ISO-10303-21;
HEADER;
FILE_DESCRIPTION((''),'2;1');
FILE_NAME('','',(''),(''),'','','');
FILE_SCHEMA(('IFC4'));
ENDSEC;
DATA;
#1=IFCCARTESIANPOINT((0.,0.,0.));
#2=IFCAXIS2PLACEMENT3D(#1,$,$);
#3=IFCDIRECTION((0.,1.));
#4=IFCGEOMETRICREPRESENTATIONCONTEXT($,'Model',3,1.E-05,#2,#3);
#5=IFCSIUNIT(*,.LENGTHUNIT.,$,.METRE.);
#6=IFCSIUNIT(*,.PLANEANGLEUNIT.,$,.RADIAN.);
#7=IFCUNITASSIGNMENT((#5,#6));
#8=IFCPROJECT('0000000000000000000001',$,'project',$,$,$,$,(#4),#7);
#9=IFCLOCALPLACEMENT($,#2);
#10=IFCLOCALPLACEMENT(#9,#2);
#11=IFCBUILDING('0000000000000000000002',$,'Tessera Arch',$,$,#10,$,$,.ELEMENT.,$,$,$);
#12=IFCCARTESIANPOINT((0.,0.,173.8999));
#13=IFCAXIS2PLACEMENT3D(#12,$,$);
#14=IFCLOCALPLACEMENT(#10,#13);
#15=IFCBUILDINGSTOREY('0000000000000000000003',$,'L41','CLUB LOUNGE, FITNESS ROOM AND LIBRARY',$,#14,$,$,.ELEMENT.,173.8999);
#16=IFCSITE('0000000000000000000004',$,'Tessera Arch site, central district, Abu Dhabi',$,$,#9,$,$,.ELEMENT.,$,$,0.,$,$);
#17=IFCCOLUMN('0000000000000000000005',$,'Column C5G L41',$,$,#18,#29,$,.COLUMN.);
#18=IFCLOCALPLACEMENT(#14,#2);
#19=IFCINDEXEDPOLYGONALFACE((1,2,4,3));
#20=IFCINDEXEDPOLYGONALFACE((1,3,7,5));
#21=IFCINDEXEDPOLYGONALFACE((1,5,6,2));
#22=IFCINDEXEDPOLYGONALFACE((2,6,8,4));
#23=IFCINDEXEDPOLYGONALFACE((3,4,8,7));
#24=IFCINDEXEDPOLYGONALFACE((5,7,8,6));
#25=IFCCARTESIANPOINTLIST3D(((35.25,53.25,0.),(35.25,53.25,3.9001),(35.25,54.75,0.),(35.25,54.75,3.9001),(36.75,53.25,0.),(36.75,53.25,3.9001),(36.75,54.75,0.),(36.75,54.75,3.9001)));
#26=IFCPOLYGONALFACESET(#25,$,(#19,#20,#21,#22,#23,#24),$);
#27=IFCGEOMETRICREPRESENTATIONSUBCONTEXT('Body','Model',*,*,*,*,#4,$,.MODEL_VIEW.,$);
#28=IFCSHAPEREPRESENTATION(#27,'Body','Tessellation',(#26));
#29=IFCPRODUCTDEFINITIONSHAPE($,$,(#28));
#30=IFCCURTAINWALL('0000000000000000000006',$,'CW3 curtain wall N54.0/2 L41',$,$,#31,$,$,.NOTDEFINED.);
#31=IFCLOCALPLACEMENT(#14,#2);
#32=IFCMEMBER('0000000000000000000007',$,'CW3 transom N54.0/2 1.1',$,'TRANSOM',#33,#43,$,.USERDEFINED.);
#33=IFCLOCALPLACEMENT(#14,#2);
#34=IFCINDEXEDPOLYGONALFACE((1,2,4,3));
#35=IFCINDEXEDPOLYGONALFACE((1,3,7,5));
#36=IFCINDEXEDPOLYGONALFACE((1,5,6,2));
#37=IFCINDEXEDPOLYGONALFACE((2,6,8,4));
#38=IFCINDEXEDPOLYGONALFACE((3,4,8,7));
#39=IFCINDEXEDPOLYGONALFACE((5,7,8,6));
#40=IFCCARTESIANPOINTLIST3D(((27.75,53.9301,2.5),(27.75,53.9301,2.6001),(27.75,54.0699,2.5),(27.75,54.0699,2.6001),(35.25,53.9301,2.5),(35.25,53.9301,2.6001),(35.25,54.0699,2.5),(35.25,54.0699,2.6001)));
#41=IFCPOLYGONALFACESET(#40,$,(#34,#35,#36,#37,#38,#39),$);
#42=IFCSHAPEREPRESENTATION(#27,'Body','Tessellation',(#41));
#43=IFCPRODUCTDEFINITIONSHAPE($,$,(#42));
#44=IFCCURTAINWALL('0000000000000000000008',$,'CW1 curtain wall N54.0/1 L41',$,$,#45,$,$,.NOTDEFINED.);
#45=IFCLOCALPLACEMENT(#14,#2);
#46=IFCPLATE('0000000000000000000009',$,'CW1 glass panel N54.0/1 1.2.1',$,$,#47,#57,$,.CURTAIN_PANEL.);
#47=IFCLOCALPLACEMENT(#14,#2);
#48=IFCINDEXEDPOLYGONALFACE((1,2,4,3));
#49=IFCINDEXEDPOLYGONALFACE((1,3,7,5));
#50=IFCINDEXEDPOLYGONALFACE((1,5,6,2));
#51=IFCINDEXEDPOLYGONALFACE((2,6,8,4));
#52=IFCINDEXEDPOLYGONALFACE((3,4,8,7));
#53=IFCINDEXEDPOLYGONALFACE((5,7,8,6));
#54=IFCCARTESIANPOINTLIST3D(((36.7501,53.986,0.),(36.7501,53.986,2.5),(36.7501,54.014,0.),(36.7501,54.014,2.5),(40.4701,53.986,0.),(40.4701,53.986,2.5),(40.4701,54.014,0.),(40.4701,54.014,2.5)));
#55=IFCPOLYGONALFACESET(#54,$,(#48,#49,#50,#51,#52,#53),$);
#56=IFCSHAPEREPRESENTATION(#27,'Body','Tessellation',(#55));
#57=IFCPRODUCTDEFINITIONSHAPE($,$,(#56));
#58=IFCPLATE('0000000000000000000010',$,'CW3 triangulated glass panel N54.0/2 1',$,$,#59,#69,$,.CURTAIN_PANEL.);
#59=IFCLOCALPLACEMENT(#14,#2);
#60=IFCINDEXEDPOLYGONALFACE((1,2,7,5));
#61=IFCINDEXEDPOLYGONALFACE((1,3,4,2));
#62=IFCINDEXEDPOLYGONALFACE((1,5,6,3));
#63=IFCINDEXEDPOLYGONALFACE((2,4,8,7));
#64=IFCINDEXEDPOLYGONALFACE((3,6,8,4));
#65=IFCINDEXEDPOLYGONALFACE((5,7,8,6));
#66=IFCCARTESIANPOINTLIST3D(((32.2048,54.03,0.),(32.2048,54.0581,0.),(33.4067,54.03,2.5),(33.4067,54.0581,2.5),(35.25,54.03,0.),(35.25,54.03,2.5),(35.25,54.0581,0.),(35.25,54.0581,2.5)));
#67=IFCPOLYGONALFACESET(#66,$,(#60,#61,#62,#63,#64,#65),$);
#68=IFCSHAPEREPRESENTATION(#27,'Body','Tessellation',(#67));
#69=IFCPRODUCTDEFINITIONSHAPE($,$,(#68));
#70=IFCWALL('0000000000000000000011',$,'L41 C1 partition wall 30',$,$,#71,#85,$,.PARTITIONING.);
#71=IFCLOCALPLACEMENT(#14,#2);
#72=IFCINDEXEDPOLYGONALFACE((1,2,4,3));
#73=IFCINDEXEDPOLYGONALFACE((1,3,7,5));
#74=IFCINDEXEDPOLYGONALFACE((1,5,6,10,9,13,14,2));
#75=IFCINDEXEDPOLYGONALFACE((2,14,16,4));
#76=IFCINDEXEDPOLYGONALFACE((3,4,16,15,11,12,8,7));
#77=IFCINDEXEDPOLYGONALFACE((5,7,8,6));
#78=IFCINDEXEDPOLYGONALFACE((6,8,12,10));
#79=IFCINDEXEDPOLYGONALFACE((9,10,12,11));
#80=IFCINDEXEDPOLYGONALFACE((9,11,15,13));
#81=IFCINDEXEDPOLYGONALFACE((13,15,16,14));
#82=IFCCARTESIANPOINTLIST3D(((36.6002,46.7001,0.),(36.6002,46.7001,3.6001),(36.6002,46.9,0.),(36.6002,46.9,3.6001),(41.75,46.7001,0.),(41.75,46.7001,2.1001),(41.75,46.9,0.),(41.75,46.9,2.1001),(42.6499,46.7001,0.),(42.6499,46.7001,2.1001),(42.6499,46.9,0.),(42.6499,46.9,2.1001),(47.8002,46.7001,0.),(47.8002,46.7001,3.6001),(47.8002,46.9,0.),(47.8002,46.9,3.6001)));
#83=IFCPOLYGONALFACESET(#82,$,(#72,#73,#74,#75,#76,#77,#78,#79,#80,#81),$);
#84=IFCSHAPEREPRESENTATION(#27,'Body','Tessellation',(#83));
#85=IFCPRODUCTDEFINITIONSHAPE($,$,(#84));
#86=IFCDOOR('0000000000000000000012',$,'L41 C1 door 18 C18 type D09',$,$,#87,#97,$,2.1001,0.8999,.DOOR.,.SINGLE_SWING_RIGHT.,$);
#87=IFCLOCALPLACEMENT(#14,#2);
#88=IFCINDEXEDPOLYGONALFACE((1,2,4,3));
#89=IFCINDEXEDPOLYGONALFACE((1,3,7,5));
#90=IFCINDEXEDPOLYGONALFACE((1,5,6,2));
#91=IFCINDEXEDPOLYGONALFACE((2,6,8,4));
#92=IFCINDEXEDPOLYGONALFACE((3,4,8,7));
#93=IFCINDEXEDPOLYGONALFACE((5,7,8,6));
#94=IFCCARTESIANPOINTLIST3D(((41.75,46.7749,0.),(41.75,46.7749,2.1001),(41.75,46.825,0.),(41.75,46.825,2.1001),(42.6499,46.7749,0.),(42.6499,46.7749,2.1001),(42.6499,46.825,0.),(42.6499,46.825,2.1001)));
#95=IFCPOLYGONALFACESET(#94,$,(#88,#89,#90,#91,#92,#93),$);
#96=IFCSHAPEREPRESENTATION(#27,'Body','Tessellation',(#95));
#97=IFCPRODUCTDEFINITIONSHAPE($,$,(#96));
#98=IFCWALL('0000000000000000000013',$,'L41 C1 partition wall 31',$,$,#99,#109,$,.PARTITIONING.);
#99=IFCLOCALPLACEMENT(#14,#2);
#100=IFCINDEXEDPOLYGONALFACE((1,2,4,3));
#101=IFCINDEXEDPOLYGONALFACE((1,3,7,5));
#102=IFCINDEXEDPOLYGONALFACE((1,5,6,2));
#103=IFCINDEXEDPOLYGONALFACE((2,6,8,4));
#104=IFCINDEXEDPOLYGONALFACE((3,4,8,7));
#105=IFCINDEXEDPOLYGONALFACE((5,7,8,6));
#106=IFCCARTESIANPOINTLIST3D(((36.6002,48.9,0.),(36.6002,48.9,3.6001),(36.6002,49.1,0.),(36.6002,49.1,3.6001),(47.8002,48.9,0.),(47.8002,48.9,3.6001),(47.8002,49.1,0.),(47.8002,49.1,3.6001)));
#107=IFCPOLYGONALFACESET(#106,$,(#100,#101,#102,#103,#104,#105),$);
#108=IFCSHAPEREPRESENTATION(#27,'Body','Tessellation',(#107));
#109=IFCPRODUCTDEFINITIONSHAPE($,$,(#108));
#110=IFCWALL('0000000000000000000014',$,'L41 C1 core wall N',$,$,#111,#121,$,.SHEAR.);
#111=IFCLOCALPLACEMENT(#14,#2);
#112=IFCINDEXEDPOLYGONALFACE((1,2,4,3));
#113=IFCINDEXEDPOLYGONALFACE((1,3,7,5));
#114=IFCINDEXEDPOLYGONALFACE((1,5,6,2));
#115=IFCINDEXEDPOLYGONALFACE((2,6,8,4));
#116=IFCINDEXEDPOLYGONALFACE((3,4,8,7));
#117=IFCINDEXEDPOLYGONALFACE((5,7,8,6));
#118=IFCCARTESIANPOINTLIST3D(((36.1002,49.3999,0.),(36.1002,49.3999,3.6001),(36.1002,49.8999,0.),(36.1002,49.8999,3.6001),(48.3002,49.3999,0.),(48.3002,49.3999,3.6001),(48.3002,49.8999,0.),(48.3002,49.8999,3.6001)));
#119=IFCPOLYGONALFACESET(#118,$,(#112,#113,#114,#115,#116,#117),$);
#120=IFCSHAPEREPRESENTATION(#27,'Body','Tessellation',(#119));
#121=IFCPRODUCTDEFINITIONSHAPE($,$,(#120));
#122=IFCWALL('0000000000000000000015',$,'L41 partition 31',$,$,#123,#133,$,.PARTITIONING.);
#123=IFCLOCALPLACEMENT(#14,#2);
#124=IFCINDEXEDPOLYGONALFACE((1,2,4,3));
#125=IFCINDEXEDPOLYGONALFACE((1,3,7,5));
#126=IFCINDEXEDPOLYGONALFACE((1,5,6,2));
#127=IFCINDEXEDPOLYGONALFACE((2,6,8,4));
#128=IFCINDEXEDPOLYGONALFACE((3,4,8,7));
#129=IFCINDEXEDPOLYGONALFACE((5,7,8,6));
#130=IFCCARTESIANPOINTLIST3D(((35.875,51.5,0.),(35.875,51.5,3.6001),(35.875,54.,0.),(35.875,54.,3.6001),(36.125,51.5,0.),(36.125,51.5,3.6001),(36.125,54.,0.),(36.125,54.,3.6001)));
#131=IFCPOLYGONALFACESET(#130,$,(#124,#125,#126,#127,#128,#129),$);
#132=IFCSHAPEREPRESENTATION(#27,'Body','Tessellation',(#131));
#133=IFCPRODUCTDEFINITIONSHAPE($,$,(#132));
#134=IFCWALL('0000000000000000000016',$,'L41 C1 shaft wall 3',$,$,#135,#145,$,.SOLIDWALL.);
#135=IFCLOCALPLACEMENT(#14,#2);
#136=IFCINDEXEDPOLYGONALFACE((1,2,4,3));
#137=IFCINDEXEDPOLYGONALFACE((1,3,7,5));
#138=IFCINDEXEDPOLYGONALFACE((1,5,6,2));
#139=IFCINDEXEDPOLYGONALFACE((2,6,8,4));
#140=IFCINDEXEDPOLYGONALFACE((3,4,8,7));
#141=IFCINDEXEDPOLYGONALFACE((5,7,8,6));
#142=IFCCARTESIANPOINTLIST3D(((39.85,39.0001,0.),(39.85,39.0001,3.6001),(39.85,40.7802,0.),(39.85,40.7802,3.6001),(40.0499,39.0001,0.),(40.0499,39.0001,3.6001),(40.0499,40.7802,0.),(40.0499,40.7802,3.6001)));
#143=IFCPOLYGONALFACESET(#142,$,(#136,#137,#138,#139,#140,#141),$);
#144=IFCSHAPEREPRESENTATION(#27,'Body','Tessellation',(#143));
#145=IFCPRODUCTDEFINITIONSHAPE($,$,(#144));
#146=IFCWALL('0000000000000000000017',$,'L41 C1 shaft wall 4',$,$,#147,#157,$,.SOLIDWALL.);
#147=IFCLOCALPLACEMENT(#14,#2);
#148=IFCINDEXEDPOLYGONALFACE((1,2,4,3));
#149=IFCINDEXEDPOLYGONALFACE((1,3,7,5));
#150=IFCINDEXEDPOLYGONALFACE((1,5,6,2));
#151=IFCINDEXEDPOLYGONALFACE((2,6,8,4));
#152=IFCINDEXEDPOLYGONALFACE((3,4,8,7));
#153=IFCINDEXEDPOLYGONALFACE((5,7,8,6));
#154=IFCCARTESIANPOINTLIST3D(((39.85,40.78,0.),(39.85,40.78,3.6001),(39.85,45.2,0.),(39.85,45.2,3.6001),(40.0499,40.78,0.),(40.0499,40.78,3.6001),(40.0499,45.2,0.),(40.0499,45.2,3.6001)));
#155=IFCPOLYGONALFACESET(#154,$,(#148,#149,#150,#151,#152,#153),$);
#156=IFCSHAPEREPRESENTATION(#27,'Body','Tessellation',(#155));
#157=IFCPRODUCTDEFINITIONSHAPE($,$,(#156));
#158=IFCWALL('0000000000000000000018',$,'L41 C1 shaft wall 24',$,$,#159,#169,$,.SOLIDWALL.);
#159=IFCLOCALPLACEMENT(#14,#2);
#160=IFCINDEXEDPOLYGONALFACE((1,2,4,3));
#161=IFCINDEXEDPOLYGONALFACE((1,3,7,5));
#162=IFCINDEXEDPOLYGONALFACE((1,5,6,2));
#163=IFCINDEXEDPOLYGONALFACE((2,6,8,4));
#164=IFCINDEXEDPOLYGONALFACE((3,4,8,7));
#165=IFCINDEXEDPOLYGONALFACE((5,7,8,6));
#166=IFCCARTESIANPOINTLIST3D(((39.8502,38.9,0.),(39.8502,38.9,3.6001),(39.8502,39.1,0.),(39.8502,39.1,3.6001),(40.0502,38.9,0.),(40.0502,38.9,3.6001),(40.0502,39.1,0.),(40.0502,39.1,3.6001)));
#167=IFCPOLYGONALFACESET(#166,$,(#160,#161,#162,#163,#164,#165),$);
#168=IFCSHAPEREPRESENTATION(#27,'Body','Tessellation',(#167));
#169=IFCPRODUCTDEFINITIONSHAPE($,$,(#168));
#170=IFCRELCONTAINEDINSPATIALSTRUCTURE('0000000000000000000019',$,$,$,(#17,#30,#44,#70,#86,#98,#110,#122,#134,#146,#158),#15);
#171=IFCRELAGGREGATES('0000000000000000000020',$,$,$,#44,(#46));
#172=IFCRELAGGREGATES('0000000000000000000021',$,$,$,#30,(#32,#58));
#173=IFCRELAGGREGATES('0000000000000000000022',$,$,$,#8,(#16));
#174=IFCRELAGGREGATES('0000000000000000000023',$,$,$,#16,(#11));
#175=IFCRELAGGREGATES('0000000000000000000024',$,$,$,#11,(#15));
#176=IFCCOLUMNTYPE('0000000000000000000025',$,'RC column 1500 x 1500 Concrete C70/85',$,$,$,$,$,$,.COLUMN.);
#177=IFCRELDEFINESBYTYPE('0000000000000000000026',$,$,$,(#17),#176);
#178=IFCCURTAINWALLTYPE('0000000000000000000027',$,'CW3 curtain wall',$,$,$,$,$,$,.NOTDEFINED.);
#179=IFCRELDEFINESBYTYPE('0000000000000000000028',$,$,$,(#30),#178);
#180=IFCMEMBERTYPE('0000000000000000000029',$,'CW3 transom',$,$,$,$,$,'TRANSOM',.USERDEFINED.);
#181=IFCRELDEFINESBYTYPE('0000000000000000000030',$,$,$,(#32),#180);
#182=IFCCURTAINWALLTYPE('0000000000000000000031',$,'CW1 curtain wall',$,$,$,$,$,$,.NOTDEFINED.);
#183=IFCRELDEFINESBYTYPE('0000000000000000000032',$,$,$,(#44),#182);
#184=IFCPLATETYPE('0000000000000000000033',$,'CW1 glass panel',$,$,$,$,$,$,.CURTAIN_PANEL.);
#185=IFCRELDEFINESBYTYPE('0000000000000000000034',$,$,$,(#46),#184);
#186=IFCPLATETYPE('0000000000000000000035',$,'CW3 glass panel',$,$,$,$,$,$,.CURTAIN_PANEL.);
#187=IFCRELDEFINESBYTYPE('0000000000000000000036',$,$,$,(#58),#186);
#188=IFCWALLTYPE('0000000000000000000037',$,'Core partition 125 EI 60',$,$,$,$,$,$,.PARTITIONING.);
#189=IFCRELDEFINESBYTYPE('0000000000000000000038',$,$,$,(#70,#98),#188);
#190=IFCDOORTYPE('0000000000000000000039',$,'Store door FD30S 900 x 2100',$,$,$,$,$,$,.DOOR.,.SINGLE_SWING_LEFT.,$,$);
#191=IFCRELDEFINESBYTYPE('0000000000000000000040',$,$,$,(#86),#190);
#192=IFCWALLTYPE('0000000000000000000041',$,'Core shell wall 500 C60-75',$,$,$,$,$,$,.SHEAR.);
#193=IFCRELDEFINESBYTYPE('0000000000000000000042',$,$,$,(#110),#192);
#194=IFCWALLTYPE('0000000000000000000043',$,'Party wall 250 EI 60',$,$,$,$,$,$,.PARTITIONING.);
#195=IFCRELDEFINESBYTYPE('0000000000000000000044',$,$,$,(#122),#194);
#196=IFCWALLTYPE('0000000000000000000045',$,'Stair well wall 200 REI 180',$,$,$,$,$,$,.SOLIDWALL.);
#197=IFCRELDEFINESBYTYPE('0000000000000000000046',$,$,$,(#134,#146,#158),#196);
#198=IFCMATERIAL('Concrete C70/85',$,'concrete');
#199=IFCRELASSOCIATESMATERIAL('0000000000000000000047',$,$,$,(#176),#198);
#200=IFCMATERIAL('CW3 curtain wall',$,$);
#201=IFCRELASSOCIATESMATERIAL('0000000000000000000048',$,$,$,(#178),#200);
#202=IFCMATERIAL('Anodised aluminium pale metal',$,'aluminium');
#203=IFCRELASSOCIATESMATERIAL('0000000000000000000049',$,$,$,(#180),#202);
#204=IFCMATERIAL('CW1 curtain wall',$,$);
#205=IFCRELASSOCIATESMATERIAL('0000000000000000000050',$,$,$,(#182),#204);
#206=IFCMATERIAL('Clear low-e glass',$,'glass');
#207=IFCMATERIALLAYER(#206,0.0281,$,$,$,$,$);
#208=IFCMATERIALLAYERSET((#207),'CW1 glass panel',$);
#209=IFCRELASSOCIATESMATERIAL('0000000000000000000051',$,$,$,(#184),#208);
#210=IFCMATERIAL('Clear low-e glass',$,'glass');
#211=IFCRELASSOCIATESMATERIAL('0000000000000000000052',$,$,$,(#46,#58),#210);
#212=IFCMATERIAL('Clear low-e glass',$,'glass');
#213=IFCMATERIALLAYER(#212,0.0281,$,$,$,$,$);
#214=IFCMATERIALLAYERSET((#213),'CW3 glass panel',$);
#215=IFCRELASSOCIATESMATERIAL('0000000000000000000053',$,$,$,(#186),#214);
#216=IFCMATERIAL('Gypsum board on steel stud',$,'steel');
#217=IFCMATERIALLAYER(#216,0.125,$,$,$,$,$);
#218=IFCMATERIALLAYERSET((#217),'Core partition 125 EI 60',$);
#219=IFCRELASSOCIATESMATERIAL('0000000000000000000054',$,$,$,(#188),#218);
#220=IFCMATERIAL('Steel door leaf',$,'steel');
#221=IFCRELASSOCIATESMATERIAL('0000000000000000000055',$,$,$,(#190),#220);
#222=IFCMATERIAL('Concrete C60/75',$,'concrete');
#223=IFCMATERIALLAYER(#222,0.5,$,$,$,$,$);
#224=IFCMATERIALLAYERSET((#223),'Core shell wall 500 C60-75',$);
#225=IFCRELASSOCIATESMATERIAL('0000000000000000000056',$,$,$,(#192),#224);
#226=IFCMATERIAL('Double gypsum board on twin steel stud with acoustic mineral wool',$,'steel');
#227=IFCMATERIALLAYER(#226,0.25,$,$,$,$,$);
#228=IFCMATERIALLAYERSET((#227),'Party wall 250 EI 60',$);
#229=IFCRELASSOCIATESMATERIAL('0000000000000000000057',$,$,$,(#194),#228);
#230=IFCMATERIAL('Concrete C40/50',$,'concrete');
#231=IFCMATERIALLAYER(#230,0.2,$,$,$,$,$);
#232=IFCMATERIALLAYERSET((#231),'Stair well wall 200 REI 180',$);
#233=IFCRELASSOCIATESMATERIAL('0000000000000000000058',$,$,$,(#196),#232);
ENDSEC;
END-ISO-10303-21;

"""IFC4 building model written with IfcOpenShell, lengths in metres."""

from ifc_helpers import new_model, si_unit, direction, frame, frame_2d, origin, origin_2d, place, context, subcontext, project, spatial, polyline, rectangle, outline, extrude, material, layer, layer_set, material_profile, profile_set, type_object, element, fill, aggregate, save


model = new_model("IFC4")

# Units and contexts
model_context = context("Model", 3, precision=1e-05, world=origin(), true_north=direction((0.0, 1.0)))
body_context = subcontext(model_context, "Body", "Model", "MODEL_VIEW")
ifc_project = project(units=[si_unit("LENGTHUNIT", "METRE"), si_unit("PLANEANGLEUNIT", "RADIAN")], contexts=[model_context])

# Site, building, storey
site_placement = place(None, origin())
site = spatial("IfcSite", under=ifc_project, at=site_placement, Name="Tessera Arch site, central district, Abu Dhabi", CompositionType="ELEMENT", RefElevation=0.0)
building_placement = place(site_placement, origin())
building = spatial("IfcBuilding", under=site, at=building_placement, Name="Tessera Arch", CompositionType="ELEMENT")
storey_placement = place(building_placement, frame((0.0, 0.0, 173.8999)))
storey = spatial("IfcBuildingStorey", under=building, at=storey_placement, Name="L41", Description="CLUB LOUNGE, FITNESS ROOM AND LIBRARY", CompositionType="ELEMENT", Elevation=173.8999)

# Column
ifc_material_1 = material(Name="Concrete C70/85", Category="concrete")
ifc_material_profile_1 = material_profile(ifc_material_1, rectangle(XDim=1.5, YDim=1.5, at=origin_2d()), Name="RC column 1500 x 1500 Concrete C70/85")
ifc_profile_set_1 = profile_set([ifc_material_profile_1], Name="Concrete C70/85")
column_type = type_object("IfcColumnType", Name="RC column 1500 x 1500 Concrete C70/85", PredefinedType="COLUMN", material=ifc_profile_set_1)
column_placement = place(storey_placement, frame((36.0, 54.0, 0.0), z_axis=(0.0, 0.0, 1.0), x_axis=(1.0, 0.0, 0.0)))
element("IfcColumn", 1, at=column_placement, inside=storey, type_object=column_type, Name="Column C5G L41", PredefinedType="COLUMN", context=body_context, shape_type="SweptSolid", body=[
    extrude(rectangle(XDim=1.5, YDim=1.5, at=origin_2d()), origin(), (0.0, 0.0, 1.0), 3.9001),
])

# Curtain wall, member
ifc_material_2 = material(Name="CW3 curtain wall")
curtain_wall_type_1 = type_object("IfcCurtainWallType", Name="CW3 curtain wall", PredefinedType="NOTDEFINED", material=ifc_material_2)
curtain_wall_1_placement = place(storey_placement, origin())
curtain_wall_1 = element("IfcCurtainWall", 2, at=curtain_wall_1_placement, inside=storey, type_object=curtain_wall_type_1, Name="CW3 curtain wall N54.0/2 L41", PredefinedType="NOTDEFINED")
ifc_material_3 = material(Name="Anodised aluminium pale metal", Category="aluminium")
ifc_material_profile_2 = material_profile(ifc_material_3, rectangle(XDim=0.1399, YDim=0.1001, at=origin_2d()), Name="AL 140x100")
ifc_profile_set_2 = profile_set([ifc_material_profile_2], Name="Anodised aluminium pale metal")
member_type = type_object("IfcMemberType", Name="CW3 transom", ElementType="TRANSOM", PredefinedType="USERDEFINED", material=ifc_profile_set_2)
member_placement = place(storey_placement, frame((35.25, 54.0, 2.55), z_axis=(-1.0, 0.0, 0.0), x_axis=(0.0, -1.0, 0.0)))
member = element("IfcMember", 3, at=member_placement, type_object=member_type, Name="CW3 transom N54.0/2 1.1", ObjectType="TRANSOM", PredefinedType="USERDEFINED", context=body_context, shape_type="SweptSolid", body=[
    extrude(rectangle(XDim=0.1399, YDim=0.1001, at=origin_2d()), origin(), (0.0, 0.0, 1.0), 7.5),
])

# Curtain wall, plate
ifc_material_4 = material(Name="CW1 curtain wall")
curtain_wall_type_2 = type_object("IfcCurtainWallType", Name="CW1 curtain wall", PredefinedType="NOTDEFINED", material=ifc_material_4)
curtain_wall_2_placement = place(storey_placement, origin())
curtain_wall_2 = element("IfcCurtainWall", 4, at=curtain_wall_2_placement, inside=storey, type_object=curtain_wall_type_2, Name="CW1 curtain wall N54.0/1 L41", PredefinedType="NOTDEFINED")
ifc_material_5 = material(Name="Clear low-e glass", Category="glass")
ifc_material_6 = material(Name="Clear low-e glass", Category="glass")
ifc_layer_1 = layer(ifc_material_6, 0.0281)
ifc_layer_set_1 = layer_set([ifc_layer_1], Name="CW1 glass panel")
plate_type_1 = type_object("IfcPlateType", Name="CW1 glass panel", PredefinedType="CURTAIN_PANEL", material=ifc_layer_set_1)
plate_1_placement = place(storey_placement, frame((38.6101, 54.0, 0.0), z_axis=(0.0, 0.0, 1.0), x_axis=(-1.0, 0.0, 0.0)))
plate_1 = element("IfcPlate", 5, at=plate_1_placement, type_object=plate_type_1, material=ifc_material_5, Name="CW1 glass panel N54.0/1 1.2.1", PredefinedType="CURTAIN_PANEL", context=body_context, shape_type="SweptSolid", body=[
    extrude(rectangle(XDim=3.72, YDim=0.0281, at=origin_2d()), origin(), (0.0, 0.0, 1.0), 2.5),
])
aggregate(curtain_wall_2, [plate_1])

# Plate
ifc_material_7 = material(Name="Clear low-e glass", Category="glass")
ifc_layer_2 = layer(ifc_material_7, 0.0281)
ifc_layer_set_2 = layer_set([ifc_layer_2], Name="CW3 glass panel")
plate_type_2 = type_object("IfcPlateType", Name="CW3 glass panel", PredefinedType="CURTAIN_PANEL", material=ifc_layer_set_2)
plate_2_placement = place(storey_placement, frame((35.25, 54.0581, 0.0), z_axis=(0.0, 1.0, 0.0), x_axis=(-1.0, 0.0, 0.0)))
plate_2 = element("IfcPlate", 6, at=plate_2_placement, type_object=plate_type_2, material=ifc_material_5, Name="CW3 triangulated glass panel N54.0/2 1", PredefinedType="CURTAIN_PANEL", context=body_context, shape_type="SweptSolid", body=[
    extrude(outline(polyline([(0.0, 0.0), (3.0452, 0.0), (1.8433, 2.5), (0.0, 2.5), (0.0, 0.0)])), origin(), (0.0, 0.0, -1.0), 0.0281),
])
aggregate(curtain_wall_1, [member, plate_2])

# Wall, opening, door
ifc_material_8 = material(Name="Gypsum board on steel stud", Category="steel")
ifc_layer_3 = layer(ifc_material_8, 0.125)
ifc_layer_set_3 = layer_set([ifc_layer_3], Name="Core partition 125 EI 60")
wall_type_1 = type_object("IfcWallType", Name="Core partition 125 EI 60", PredefinedType="PARTITIONING", material=ifc_layer_set_3)
wall_1_placement = place(storey_placement, frame((36.6001, 46.8, 0.0), z_axis=(0.0, 0.0, 1.0), x_axis=(1.0, 0.0, 0.0)))
wall_1 = element("IfcWall", 7, at=wall_1_placement, inside=storey, type_object=wall_type_1, Name="L41 C1 partition wall 30", PredefinedType="PARTITIONING", context=body_context, shape_type="SweptSolid", body=[
    extrude(rectangle(XDim=11.2, YDim=0.2, at=frame_2d((5.6001, 0.0))), origin(), (0.0, 0.0, 1.0), 3.6001),
])
opening_1_placement = place(wall_1_placement, frame((5.1499, 0.0, 0.0)))
opening_1 = element("IfcOpeningElement", 8, at=opening_1_placement, cuts=wall_1, PredefinedType="OPENING", context=body_context, shape_type="SweptSolid", body=[
    extrude(rectangle(XDim=0.8999, YDim=2.1001, at=frame_2d((0.45, 1.05))), frame((0.0, 0.1099, 0.0), z_axis=(0.0, -1.0, 0.0), x_axis=(1.0, 0.0, 0.0)), (0.0, 0.0, 1.0), 0.22),
])
ifc_material_9 = material(Name="Steel door leaf", Category="steel")
door_type_1 = type_object("IfcDoorType", Name="Store door FD30S 900 x 2100", OperationType="SINGLE_SWING_LEFT", PredefinedType="DOOR", material=ifc_material_9)
door_1_placement = place(opening_1_placement, origin())
door_1 = element("IfcDoor", 9, at=door_1_placement, inside=storey, type_object=door_type_1, Name="L41 C1 door 18 C18 type D09", OperationType="SINGLE_SWING_RIGHT", OverallHeight=2.1001, OverallWidth=0.8999, PredefinedType="DOOR", context=body_context, shape_type="SweptSolid", body=[
    extrude(rectangle(XDim=0.8999, YDim=2.1001, at=frame_2d((0.45, 1.05))), frame((0.0, 0.0249, 0.0), z_axis=(0.0, -1.0, 0.0), x_axis=(1.0, 0.0, 0.0)), (0.0, 0.0, 1.0), 0.05),
])
fill(opening_1, door_1)

# Walls
wall_2_placement = place(storey_placement, frame((36.6001, 49.0, 0.0), z_axis=(0.0, 0.0, 1.0), x_axis=(1.0, 0.0, 0.0)))
element("IfcWall", 10, at=wall_2_placement, inside=storey, type_object=wall_type_1, Name="L41 C1 partition wall 31", PredefinedType="PARTITIONING", context=body_context, shape_type="SweptSolid", body=[
    extrude(rectangle(XDim=11.2, YDim=0.2, at=frame_2d((5.6001, 0.0))), origin(), (0.0, 0.0, 1.0), 3.6001),
])
ifc_material_10 = material(Name="Concrete C60/75", Category="concrete")
ifc_layer_4 = layer(ifc_material_10, 0.5)
ifc_layer_set_4 = layer_set([ifc_layer_4], Name="Core shell wall 500 C60-75")
wall_type_2 = type_object("IfcWallType", Name="Core shell wall 500 C60-75", PredefinedType="SHEAR", material=ifc_layer_set_4)
wall_3_placement = place(storey_placement, frame((36.1001, 49.6499, 0.0), z_axis=(0.0, 0.0, 1.0), x_axis=(1.0, 0.0, 0.0)))
element("IfcWall", 11, at=wall_3_placement, inside=storey, type_object=wall_type_2, Name="L41 C1 core wall N", PredefinedType="SHEAR", context=body_context, shape_type="SweptSolid", body=[
    extrude(rectangle(XDim=12.2, YDim=0.5, at=frame_2d((6.1001, 0.0))), origin(), (0.0, 0.0, 1.0), 3.6001),
])
ifc_material_11 = material(Name="Double gypsum board on twin steel stud with acoustic mineral wool", Category="steel")
ifc_layer_5 = layer(ifc_material_11, 0.25)
ifc_layer_set_5 = layer_set([ifc_layer_5], Name="Party wall 250 EI 60")
wall_type_3 = type_object("IfcWallType", Name="Party wall 250 EI 60", PredefinedType="PARTITIONING", material=ifc_layer_set_5)
wall_4_placement = place(storey_placement, frame((36.0, 51.5, 0.0), z_axis=(0.0, 0.0, 1.0), x_axis=(0.0, 1.0, 0.0)))
element("IfcWall", 12, at=wall_4_placement, inside=storey, type_object=wall_type_3, Name="L41 partition 31", PredefinedType="PARTITIONING", context=body_context, shape_type="SweptSolid", body=[
    extrude(rectangle(XDim=2.5, YDim=0.25, at=frame_2d((1.25, 0.0))), origin(), (0.0, 0.0, 1.0), 3.6001),
])
ifc_material_12 = material(Name="Concrete C40/50", Category="concrete")
ifc_layer_6 = layer(ifc_material_12, 0.2)
ifc_layer_set_6 = layer_set([ifc_layer_6], Name="Stair well wall 200 REI 180")
wall_type_4 = type_object("IfcWallType", Name="Stair well wall 200 REI 180", PredefinedType="SOLIDWALL", material=ifc_layer_set_6)
wall_5_placement = place(storey_placement, frame((39.95, 39.0, 0.0), z_axis=(0.0, 0.0, 1.0), x_axis=(0.0, 1.0, 0.0)))
element("IfcWall", 13, at=wall_5_placement, inside=storey, type_object=wall_type_4, Name="L41 C1 shaft wall 3", PredefinedType="SOLIDWALL", context=body_context, shape_type="SweptSolid", body=[
    extrude(rectangle(XDim=1.78, YDim=0.2, at=frame_2d((0.8901, 0.0))), origin(), (0.0, 0.0, 1.0), 3.6001),
])
wall_6_placement = place(storey_placement, frame((39.95, 40.78, 0.0), z_axis=(0.0, 0.0, 1.0), x_axis=(0.0, 1.0, 0.0)))
element("IfcWall", 14, at=wall_6_placement, inside=storey, type_object=wall_type_4, Name="L41 C1 shaft wall 4", PredefinedType="SOLIDWALL", context=body_context, shape_type="SweptSolid", body=[
    extrude(rectangle(XDim=4.4199, YDim=0.2, at=frame_2d((2.21, 0.0))), origin(), (0.0, 0.0, 1.0), 3.6001),
])
wall_7_placement = place(storey_placement, frame((39.8501, 39.0, 0.0), z_axis=(0.0, 0.0, 1.0), x_axis=(1.0, 0.0, 0.0)))
element("IfcWall", 15, at=wall_7_placement, inside=storey, type_object=wall_type_4, Name="L41 C1 shaft wall 24", PredefinedType="SOLIDWALL", context=body_context, shape_type="SweptSolid", body=[
    extrude(rectangle(XDim=0.2, YDim=0.2, at=frame_2d((0.1001, 0.0))), origin(), (0.0, 0.0, 1.0), 3.6001),
])

save(model, "model.ifc")
